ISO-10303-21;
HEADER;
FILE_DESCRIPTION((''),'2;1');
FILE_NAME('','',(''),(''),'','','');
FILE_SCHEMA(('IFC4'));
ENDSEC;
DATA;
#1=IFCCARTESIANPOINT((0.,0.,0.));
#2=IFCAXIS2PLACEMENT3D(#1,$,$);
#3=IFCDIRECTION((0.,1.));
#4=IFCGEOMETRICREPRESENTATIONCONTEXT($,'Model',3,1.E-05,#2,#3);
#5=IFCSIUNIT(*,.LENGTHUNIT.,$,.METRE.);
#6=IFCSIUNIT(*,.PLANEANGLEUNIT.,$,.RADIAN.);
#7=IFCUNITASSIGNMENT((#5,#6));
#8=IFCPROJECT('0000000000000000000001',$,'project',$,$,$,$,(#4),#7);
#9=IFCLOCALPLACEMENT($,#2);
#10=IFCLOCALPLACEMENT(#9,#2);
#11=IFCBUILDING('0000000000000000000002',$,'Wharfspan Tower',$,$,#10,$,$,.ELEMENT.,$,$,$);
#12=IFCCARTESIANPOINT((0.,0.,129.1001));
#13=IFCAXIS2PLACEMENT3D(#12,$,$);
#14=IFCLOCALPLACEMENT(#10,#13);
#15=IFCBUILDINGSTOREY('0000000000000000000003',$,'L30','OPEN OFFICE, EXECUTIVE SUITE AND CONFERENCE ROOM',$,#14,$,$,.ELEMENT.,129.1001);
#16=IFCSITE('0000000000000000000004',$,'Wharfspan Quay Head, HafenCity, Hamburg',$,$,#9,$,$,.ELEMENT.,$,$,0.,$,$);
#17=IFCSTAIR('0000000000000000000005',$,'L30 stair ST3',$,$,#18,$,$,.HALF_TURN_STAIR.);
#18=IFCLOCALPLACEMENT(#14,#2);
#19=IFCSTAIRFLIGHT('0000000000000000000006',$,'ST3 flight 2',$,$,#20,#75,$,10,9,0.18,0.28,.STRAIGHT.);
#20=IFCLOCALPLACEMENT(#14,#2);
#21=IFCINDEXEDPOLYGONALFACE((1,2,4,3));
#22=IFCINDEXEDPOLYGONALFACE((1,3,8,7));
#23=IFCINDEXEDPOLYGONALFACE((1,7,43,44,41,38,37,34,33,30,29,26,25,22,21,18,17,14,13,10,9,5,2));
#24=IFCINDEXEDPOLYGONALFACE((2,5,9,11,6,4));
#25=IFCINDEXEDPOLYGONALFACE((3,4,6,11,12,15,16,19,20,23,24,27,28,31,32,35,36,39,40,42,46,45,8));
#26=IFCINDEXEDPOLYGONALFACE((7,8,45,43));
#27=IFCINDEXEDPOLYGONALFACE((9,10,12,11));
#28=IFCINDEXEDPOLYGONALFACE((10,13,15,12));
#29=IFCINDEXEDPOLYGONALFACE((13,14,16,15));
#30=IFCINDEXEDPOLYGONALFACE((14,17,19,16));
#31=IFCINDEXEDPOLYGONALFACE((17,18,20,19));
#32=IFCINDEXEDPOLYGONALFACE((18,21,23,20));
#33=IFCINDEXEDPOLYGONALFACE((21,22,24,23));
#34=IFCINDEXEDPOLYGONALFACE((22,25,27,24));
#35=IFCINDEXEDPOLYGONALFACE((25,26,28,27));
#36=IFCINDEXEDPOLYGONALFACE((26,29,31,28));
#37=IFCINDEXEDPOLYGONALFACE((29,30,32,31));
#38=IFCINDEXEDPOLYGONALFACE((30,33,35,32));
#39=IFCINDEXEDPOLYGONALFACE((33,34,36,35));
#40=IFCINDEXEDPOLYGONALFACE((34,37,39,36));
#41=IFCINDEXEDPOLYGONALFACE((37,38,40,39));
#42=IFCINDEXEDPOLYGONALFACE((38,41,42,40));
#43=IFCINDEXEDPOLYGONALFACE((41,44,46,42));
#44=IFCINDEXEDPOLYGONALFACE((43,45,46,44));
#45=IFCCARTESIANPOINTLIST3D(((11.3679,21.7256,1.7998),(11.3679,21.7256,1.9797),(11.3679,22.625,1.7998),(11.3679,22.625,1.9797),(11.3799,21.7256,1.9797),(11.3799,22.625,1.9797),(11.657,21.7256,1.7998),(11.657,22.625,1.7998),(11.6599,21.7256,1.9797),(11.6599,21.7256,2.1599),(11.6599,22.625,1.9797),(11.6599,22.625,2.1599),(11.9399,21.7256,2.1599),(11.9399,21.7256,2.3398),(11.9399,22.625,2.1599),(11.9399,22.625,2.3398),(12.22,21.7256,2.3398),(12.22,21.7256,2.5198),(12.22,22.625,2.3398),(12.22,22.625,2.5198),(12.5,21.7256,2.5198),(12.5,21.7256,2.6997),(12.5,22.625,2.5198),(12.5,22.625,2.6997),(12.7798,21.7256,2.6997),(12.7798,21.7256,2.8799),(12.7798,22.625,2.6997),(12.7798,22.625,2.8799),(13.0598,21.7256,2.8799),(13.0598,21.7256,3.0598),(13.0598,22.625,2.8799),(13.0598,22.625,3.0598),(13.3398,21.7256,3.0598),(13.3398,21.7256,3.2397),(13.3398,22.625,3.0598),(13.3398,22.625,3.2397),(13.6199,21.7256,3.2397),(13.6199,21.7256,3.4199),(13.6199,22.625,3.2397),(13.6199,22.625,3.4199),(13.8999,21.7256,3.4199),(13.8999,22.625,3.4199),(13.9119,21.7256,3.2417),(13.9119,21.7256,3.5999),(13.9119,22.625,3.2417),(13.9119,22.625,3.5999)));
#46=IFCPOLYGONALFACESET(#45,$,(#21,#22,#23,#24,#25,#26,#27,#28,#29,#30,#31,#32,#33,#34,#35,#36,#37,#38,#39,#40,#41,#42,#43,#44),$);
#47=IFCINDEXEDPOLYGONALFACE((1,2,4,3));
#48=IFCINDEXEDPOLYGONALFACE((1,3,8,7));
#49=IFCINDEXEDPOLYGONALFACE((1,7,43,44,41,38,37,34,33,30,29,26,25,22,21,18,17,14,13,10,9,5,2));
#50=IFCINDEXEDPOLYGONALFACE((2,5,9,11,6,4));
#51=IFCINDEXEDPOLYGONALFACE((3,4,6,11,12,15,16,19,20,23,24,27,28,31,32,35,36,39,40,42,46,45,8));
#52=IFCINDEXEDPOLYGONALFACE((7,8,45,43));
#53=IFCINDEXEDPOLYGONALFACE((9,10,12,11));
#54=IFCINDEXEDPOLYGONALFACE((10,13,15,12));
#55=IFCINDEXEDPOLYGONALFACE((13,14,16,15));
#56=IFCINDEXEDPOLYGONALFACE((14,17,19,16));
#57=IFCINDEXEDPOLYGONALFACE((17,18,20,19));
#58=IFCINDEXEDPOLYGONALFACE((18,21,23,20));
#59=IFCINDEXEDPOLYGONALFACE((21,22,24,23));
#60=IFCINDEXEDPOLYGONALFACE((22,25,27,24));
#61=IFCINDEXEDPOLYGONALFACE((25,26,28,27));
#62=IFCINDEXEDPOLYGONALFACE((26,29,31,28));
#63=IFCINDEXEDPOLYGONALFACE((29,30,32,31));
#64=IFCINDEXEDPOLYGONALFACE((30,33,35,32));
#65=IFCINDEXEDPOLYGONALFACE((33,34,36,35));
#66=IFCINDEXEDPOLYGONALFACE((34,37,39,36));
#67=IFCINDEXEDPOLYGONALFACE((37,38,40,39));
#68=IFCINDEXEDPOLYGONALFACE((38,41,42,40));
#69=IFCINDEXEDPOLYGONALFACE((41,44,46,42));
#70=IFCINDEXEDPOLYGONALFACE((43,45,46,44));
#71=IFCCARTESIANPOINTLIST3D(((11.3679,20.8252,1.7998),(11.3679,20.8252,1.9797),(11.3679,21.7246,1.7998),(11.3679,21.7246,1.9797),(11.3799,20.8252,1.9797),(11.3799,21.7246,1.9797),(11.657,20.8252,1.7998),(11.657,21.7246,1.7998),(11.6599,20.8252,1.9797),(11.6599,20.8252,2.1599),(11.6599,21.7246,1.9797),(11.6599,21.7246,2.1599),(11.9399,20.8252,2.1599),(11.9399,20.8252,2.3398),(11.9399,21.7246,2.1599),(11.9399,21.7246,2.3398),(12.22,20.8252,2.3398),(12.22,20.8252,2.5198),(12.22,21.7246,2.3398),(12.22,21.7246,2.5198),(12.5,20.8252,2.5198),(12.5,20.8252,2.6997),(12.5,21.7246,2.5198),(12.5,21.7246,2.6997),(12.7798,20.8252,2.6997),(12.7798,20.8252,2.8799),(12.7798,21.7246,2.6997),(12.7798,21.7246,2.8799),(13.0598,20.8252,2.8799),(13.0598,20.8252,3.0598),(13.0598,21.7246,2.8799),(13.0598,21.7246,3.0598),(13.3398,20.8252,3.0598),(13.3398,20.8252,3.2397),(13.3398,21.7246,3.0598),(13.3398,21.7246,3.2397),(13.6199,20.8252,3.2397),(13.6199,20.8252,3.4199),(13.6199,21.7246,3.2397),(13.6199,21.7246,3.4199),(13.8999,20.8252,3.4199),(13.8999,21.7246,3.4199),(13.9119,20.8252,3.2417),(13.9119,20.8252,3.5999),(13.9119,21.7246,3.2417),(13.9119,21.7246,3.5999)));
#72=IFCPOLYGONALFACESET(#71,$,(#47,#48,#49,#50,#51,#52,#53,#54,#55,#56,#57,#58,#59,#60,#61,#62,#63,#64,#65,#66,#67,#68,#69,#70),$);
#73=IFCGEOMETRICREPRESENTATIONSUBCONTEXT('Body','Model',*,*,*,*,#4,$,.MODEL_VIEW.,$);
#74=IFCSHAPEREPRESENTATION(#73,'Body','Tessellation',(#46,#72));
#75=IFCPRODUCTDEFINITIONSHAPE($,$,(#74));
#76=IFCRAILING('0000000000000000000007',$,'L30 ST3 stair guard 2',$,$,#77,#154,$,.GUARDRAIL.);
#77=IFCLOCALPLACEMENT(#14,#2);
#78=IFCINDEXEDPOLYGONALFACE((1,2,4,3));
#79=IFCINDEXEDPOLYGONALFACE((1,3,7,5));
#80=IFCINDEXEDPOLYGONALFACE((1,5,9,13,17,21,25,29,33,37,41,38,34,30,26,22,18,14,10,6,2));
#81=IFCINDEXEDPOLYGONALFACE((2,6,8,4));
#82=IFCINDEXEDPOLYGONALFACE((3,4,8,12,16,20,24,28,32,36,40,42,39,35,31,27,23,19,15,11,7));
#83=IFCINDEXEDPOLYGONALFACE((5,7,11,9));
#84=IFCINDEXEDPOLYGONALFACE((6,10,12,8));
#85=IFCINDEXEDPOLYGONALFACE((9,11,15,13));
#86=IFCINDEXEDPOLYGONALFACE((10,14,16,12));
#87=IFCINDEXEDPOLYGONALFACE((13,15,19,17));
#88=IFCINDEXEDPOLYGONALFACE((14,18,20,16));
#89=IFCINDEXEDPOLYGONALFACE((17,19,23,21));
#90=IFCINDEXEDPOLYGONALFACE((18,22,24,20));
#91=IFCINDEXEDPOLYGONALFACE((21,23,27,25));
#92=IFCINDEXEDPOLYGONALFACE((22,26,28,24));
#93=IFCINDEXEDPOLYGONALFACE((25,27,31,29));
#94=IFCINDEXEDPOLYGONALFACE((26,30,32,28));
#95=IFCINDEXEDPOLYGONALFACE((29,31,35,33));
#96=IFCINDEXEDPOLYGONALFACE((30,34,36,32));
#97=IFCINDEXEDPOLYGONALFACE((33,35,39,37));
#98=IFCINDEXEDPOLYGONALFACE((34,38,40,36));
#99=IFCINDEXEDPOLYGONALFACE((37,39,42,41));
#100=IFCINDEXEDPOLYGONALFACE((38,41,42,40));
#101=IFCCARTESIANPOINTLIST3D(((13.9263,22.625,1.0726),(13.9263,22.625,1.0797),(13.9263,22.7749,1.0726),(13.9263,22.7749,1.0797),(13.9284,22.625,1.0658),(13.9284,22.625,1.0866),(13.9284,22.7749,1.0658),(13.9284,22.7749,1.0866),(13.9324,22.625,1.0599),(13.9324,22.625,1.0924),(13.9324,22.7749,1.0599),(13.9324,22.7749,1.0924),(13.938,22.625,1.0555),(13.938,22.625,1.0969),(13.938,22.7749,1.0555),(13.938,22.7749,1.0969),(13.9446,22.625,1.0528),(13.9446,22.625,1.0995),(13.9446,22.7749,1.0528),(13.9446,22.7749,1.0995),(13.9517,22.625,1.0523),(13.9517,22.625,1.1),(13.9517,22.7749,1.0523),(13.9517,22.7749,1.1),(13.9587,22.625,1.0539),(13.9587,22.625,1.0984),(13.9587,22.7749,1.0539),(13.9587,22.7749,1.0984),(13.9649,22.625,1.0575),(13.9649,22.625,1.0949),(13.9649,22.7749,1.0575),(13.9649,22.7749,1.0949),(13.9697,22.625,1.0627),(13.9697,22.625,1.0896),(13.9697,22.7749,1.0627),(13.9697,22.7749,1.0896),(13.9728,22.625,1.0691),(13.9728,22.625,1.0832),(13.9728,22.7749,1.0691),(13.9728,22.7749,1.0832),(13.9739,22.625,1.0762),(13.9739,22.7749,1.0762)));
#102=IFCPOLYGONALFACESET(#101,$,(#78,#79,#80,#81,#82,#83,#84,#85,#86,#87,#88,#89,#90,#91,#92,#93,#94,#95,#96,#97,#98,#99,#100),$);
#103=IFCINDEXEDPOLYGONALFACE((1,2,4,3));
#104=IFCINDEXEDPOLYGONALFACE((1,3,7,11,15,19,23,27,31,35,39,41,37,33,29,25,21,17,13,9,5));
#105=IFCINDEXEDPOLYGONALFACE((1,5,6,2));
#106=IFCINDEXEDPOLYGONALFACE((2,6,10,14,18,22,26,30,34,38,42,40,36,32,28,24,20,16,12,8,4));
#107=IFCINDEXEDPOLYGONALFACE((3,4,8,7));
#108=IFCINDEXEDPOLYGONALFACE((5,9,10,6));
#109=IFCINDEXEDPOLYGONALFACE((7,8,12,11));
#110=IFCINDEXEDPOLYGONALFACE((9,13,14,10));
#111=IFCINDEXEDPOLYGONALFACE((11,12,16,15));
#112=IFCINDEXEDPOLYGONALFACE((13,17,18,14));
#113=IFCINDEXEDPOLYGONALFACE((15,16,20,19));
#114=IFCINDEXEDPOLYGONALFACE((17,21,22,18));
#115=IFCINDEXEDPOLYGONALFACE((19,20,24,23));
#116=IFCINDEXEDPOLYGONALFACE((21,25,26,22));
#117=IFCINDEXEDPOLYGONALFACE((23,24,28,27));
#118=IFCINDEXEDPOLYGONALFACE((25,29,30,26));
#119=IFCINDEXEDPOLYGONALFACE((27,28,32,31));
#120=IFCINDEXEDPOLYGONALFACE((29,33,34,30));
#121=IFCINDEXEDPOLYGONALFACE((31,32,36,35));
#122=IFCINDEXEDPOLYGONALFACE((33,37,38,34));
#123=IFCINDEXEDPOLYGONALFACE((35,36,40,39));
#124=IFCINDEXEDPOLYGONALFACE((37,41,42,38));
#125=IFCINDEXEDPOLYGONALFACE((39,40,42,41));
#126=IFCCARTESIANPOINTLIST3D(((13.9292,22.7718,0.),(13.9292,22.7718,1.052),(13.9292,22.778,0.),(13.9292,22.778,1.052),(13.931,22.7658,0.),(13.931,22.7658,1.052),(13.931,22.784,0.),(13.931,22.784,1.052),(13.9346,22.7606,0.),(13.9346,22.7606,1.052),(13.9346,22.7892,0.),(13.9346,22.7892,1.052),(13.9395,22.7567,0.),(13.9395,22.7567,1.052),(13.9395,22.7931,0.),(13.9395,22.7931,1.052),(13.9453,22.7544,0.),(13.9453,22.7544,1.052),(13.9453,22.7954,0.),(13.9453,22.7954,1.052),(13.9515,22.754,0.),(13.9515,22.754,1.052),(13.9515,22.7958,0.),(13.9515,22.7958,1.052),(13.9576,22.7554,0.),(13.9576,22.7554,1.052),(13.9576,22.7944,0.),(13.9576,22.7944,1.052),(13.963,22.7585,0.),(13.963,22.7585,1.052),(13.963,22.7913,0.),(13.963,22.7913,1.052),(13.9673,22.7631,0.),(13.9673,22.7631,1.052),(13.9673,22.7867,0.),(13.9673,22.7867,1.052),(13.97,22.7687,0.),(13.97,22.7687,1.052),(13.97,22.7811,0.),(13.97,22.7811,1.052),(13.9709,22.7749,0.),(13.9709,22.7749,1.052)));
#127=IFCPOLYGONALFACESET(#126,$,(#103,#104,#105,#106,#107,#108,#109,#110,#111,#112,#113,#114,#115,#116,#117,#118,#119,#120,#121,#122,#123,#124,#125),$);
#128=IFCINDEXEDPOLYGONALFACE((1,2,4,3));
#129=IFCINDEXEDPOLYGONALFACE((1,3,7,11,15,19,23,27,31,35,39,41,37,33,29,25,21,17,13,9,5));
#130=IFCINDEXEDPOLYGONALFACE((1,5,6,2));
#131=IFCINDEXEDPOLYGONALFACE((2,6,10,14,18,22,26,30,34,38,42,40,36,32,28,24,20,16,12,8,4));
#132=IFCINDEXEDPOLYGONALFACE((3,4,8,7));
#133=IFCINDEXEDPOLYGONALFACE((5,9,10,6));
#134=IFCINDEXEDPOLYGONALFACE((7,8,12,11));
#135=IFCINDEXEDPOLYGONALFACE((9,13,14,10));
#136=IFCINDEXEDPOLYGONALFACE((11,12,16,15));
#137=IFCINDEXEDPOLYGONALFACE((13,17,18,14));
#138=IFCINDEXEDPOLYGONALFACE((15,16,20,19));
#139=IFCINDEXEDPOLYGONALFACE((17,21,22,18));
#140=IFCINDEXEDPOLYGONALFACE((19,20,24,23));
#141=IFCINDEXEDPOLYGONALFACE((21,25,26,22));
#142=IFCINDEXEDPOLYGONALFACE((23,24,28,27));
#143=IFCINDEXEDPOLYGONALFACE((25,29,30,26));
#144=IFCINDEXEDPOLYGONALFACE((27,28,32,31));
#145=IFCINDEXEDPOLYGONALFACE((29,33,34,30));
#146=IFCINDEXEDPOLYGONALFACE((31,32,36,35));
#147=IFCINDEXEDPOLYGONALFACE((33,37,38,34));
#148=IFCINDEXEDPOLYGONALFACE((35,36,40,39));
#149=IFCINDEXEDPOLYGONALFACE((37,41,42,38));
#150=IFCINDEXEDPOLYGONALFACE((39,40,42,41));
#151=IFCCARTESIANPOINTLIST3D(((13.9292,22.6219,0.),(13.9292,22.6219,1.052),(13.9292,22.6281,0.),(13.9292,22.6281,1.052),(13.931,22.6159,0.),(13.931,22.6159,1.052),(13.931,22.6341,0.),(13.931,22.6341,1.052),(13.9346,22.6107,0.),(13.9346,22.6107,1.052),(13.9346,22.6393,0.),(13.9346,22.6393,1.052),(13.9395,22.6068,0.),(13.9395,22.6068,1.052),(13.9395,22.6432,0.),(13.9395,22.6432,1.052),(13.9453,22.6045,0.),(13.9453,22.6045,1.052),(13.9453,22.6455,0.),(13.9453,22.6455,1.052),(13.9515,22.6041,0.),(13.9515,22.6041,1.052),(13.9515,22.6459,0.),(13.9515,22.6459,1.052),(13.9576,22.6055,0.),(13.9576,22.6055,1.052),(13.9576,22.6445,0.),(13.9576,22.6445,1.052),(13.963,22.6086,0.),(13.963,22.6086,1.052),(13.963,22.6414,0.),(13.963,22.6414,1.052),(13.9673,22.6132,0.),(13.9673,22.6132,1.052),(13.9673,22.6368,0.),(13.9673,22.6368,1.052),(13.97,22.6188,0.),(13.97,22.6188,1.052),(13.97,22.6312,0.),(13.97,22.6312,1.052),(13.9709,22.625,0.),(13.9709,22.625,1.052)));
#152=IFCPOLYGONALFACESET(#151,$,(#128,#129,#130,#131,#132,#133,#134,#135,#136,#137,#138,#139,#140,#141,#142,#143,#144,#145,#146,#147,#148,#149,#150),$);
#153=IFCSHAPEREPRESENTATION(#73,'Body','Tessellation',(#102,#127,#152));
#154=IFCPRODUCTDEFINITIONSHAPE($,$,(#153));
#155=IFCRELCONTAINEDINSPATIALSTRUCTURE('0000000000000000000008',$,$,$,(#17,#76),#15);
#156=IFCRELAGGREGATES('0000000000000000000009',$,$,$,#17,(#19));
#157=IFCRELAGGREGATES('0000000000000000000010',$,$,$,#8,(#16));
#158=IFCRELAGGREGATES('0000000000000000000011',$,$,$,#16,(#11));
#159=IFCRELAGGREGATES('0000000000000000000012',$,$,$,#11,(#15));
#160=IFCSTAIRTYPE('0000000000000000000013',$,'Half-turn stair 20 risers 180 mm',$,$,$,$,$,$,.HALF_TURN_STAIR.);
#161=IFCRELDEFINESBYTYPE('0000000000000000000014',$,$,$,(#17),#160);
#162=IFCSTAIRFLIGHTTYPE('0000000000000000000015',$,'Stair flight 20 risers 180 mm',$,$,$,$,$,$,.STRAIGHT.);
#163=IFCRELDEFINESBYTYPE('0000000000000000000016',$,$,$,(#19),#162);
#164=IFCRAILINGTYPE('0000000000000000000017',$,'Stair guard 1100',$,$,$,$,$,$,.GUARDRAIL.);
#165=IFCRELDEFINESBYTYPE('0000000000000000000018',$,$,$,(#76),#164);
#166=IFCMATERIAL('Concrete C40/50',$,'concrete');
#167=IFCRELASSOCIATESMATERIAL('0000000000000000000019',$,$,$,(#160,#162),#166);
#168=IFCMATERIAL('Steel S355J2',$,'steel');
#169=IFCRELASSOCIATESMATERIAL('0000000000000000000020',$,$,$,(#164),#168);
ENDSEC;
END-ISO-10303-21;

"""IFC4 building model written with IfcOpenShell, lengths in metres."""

from ifc_helpers import new_model, si_unit, direction, frame, origin, origin_2d, place, context, subcontext, project, spatial, polyline, circle, outline, extrude, material, type_object, element, aggregate, save


model = new_model("IFC4")

# Units and contexts
model_context = context("Model", 3, precision=1e-05, world=origin(), true_north=direction((0.0, 1.0)))
body_context = subcontext(model_context, "Body", "Model", "MODEL_VIEW")
ifc_project = project(units=[si_unit("LENGTHUNIT", "METRE"), si_unit("PLANEANGLEUNIT", "RADIAN")], contexts=[model_context])

# Site, building, storey
site_placement = place(None, origin())
site = spatial("IfcSite", under=ifc_project, at=site_placement, Name="Wharfspan Quay Head, HafenCity, Hamburg", CompositionType="ELEMENT", RefElevation=0.0)
building_placement = place(site_placement, origin())
building = spatial("IfcBuilding", under=site, at=building_placement, Name="Wharfspan Tower", CompositionType="ELEMENT")
storey_placement = place(building_placement, frame((0.0, 0.0, 129.1001)))
storey = spatial("IfcBuildingStorey", under=building, at=storey_placement, Name="L30", Description="OPEN OFFICE, EXECUTIVE SUITE AND CONFERENCE ROOM", CompositionType="ELEMENT", Elevation=129.1001)

# Shared definitions
ifc_material_1 = material(Name="Steel S355J2", Category="steel")

# Shared definitions
ifc_material_2 = material(Name="Concrete C40/50", Category="concrete")

# Stair, stair flight
stair_type = type_object("IfcStairType", Name="Half-turn stair 20 risers 180 mm", PredefinedType="HALF_TURN_STAIR", material=ifc_material_2)
stair_placement = place(storey_placement, origin())
stair = element("IfcStair", 1, at=stair_placement, inside=storey, type_object=stair_type, Name="L30 stair ST3", PredefinedType="HALF_TURN_STAIR")
stair_flight_type = type_object("IfcStairFlightType", Name="Stair flight 20 risers 180 mm", PredefinedType="STRAIGHT", material=ifc_material_2)
stair_flight_1_placement = place(storey_placement, frame((11.3799, 21.7251, 1.7998), z_axis=(0.0, 0.0, 1.0), x_axis=(1.0, 0.0, 0.0)))
stair_flight_1 = element("IfcStairFlight", 2, at=stair_flight_1_placement, type_object=stair_flight_type, Name="ST3 flight 2", NumberOfRisers=10, NumberOfTreads=9, PredefinedType="STRAIGHT", RiserHeight=0.18, TreadLength=0.28, context=body_context, shape_type="SweptSolid", body=[
    extrude(outline(polyline([(-0.012, 0.0), (-0.012, 0.1799), (0.0, 0.1799), (0.28, 0.1799), (0.28, 0.3601), (0.5601, 0.3601), (0.5601, 0.54), (0.8401, 0.54), (0.8401, 0.72), (1.1201, 0.72), (1.1201, 0.8999), (1.3999, 0.8999), (1.3999, 1.0801), (1.6799, 1.0801), (1.6799, 1.26), (1.96, 1.26), (1.96, 1.4399), (2.24, 1.4399), (2.24, 1.6201), (2.52, 1.6201), (2.532, 1.8), (2.532, 1.4419), (0.2771, 0.0), (-0.012, 0.0)])), frame((0.0, 0.8999, 0.0), z_axis=(0.0, -1.0, 0.0), x_axis=(1.0, 0.0, 0.0)), (0.0, 0.0, 1.0), 0.8994),
    extrude(outline(polyline([(-0.012, 0.0), (-0.012, 0.1799), (0.0, 0.1799), (0.28, 0.1799), (0.28, 0.3601), (0.5601, 0.3601), (0.5601, 0.54), (0.8401, 0.54), (0.8401, 0.72), (1.1201, 0.72), (1.1201, 0.8999), (1.3999, 0.8999), (1.3999, 1.0801), (1.6799, 1.0801), (1.6799, 1.26), (1.96, 1.26), (1.96, 1.4399), (2.24, 1.4399), (2.24, 1.6201), (2.52, 1.6201), (2.532, 1.8), (2.532, 1.4419), (0.2771, 0.0), (-0.012, 0.0)])), frame((0.0, -0.0005, 0.0), z_axis=(0.0, -1.0, 0.0), x_axis=(1.0, 0.0, 0.0)), (0.0, 0.0, 1.0), 0.8994),
])
aggregate(stair, [stair_flight_1])

# Railing
railing_type_1 = type_object("IfcRailingType", Name="Stair guard 1100", PredefinedType="GUARDRAIL", material=ifc_material_1)
railing_1_placement = place(storey_placement, frame((13.95, 22.7749, 0.0)))
element("IfcRailing", 3, at=railing_1_placement, inside=storey, type_object=railing_type_1, Name="L30 ST3 stair guard 2", PredefinedType="GUARDRAIL", context=body_context, shape_type="SweptSolid", body=[
    extrude(circle(Radius=0.0239, at=origin_2d()), frame((0.0, 0.0, 1.0762), z_axis=(0.0, -1.0, 0.0), x_axis=(1.0, 0.0, 0.0)), (0.0, 0.0, 1.0), 0.1499),
    extrude(circle(Radius=0.021, at=origin_2d()), origin(), (0.0, 0.0, 1.0), 1.052),
    extrude(circle(Radius=0.021, at=origin_2d()), frame((0.0, -0.1499, 0.0)), (0.0, 0.0, 1.0), 1.052),
])

save(model, "model.ifc")
